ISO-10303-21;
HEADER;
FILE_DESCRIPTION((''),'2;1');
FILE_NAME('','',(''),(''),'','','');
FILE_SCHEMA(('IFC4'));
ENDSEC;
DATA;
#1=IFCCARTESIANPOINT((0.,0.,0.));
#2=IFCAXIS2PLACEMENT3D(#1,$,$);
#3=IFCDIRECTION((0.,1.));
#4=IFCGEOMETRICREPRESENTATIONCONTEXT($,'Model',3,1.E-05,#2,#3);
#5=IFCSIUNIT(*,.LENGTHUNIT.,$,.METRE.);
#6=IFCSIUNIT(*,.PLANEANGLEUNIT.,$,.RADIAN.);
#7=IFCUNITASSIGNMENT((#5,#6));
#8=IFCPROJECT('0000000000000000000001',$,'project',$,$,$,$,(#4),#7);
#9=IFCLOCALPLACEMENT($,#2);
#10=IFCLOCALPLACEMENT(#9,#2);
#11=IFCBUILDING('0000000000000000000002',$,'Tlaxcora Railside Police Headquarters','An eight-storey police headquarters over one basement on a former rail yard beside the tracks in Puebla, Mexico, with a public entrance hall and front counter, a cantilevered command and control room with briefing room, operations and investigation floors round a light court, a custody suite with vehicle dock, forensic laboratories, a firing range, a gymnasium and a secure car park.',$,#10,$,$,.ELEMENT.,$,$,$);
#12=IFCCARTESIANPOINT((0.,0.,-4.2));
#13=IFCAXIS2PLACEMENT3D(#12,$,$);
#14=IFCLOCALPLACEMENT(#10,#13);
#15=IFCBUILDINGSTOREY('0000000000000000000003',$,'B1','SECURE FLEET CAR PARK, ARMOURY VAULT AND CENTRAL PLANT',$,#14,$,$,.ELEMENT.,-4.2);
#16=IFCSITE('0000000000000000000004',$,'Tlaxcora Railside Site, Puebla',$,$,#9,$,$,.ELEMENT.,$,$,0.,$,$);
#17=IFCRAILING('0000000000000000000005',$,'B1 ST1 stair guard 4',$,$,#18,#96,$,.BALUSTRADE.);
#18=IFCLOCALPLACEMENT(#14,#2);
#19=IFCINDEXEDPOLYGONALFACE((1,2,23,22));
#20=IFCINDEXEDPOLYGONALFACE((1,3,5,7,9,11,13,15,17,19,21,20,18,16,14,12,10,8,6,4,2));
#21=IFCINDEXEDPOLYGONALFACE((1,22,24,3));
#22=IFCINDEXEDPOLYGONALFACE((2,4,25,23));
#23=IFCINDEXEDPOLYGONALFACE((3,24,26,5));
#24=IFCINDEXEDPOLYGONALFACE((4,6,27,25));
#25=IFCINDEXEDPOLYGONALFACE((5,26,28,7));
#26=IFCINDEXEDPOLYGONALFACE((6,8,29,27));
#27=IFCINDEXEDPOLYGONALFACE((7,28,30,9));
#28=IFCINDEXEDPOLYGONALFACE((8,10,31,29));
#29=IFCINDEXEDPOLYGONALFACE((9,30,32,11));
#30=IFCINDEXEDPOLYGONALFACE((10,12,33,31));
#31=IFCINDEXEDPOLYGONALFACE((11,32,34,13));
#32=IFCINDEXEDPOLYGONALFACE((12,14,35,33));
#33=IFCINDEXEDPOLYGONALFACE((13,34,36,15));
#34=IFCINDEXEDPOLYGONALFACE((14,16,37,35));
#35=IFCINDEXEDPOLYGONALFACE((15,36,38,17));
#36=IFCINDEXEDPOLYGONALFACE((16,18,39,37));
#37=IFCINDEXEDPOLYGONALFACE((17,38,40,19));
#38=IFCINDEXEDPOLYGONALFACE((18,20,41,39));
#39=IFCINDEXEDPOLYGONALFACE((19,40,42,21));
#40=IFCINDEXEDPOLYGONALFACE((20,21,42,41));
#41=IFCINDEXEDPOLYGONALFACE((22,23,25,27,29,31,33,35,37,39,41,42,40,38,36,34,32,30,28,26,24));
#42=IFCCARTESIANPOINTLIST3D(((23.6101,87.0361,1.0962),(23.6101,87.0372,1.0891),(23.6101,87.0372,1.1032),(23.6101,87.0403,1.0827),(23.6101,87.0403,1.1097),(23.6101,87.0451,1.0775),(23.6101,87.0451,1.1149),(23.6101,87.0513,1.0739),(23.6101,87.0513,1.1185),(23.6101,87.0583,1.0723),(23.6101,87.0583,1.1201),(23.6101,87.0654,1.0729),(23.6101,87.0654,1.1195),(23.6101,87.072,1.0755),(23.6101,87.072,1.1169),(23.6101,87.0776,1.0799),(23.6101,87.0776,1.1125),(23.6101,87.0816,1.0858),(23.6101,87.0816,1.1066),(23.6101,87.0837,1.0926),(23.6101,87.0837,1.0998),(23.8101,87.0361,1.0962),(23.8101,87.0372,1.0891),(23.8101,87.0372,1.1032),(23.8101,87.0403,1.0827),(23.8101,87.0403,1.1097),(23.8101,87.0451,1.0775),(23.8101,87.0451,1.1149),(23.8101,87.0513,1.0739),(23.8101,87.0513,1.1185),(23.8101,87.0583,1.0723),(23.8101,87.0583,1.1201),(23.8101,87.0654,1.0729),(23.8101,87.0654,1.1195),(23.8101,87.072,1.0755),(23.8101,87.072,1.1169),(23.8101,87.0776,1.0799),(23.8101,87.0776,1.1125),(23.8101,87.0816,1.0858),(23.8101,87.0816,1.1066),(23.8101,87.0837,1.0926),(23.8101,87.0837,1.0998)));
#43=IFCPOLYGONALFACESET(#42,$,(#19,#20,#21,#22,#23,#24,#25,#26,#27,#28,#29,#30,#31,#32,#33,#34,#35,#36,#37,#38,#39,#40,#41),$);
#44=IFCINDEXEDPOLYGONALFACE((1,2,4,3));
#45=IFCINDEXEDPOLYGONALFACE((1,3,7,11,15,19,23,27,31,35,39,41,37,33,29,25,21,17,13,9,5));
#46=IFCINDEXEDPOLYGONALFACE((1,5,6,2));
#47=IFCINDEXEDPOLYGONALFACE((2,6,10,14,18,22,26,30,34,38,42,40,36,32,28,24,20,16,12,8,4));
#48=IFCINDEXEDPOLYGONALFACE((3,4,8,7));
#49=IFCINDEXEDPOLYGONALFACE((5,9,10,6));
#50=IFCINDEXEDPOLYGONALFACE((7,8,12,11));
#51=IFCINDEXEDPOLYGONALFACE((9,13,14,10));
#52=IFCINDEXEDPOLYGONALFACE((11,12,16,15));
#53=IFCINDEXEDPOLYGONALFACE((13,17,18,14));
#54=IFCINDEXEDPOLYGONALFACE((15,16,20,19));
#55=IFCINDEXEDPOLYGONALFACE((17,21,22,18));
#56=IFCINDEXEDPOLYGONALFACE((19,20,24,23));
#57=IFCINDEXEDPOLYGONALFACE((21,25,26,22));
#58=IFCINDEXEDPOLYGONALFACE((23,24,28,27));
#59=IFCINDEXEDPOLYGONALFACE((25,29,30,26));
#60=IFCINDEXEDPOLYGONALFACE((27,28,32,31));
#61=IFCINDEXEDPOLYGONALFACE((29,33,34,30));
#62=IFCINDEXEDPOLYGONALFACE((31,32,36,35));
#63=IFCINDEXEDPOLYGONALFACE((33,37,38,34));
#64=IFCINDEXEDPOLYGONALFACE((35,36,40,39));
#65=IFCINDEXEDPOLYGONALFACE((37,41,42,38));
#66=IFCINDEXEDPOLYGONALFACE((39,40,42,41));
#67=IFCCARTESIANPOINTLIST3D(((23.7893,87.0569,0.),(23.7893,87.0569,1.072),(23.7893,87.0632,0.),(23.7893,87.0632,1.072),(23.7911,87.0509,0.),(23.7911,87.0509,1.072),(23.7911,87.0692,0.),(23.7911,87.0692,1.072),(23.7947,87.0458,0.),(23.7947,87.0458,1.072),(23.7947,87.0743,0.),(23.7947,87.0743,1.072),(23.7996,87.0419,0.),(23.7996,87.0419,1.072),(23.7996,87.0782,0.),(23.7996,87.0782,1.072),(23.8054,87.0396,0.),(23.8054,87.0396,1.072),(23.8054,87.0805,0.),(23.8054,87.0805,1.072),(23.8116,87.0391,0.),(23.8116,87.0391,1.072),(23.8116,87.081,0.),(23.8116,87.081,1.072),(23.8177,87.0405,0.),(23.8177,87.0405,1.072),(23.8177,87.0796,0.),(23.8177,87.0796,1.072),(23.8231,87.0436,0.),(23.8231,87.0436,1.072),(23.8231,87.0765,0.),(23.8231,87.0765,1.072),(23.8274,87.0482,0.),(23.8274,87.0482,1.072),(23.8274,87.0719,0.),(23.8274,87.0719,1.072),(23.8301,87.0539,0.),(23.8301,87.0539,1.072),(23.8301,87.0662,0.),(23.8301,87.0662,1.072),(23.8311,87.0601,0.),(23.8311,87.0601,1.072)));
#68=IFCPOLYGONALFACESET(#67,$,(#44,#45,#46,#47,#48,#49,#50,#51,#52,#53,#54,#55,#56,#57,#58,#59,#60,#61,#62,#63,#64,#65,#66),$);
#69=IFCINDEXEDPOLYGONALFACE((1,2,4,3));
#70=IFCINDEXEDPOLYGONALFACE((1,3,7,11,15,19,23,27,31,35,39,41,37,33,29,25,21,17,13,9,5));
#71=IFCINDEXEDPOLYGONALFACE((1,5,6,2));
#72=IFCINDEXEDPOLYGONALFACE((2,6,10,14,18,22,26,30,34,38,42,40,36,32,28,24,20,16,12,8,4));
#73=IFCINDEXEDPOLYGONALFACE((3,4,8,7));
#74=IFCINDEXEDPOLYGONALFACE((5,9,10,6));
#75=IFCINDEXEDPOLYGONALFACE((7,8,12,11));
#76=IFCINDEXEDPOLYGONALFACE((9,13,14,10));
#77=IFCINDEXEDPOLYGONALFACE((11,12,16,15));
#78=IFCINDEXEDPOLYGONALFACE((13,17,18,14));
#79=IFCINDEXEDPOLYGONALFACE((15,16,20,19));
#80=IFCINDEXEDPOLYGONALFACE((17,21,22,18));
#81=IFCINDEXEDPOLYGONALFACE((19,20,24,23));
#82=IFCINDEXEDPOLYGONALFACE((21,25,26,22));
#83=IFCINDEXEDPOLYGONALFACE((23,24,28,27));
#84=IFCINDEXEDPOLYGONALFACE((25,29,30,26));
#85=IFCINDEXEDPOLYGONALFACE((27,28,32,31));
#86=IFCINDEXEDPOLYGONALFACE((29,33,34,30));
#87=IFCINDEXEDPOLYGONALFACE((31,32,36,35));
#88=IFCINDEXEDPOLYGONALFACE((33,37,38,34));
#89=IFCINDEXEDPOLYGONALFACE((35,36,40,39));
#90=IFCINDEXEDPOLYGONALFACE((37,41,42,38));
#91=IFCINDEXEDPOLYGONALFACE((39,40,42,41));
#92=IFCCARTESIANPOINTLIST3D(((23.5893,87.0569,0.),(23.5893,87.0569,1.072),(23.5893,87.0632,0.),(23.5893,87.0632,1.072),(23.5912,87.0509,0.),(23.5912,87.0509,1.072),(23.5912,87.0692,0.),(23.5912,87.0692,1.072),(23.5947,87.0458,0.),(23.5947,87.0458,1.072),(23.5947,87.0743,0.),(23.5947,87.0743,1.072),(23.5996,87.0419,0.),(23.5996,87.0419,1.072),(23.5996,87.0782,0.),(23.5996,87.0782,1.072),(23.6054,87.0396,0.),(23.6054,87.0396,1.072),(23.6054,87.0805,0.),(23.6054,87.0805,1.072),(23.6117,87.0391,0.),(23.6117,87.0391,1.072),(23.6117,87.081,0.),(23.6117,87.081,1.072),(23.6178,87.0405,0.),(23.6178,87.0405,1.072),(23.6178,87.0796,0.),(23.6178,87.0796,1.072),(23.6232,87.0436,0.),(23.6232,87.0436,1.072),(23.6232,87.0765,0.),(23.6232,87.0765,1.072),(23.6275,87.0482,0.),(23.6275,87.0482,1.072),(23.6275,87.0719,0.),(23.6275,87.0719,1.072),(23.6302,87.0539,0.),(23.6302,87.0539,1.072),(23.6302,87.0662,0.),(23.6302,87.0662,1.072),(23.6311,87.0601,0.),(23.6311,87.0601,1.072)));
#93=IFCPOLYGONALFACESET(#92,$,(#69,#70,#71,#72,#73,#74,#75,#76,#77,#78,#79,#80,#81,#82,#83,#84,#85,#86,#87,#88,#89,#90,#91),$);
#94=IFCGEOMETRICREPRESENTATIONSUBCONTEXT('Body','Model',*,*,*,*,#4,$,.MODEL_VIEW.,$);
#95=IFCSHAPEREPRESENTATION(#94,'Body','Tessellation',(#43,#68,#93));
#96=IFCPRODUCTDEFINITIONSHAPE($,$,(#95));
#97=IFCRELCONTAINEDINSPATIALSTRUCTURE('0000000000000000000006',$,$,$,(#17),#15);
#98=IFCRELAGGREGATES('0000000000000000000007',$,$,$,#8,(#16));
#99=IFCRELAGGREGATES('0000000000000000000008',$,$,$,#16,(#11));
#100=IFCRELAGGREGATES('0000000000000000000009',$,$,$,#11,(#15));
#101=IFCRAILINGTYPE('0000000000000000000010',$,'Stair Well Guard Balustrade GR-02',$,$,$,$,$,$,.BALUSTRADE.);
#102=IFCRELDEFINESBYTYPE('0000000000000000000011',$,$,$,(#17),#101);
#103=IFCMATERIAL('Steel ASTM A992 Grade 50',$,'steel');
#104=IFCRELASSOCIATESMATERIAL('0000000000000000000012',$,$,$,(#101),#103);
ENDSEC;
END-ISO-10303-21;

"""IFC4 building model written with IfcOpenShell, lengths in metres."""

from ifc_helpers import new_model, si_unit, direction, frame, origin, origin_2d, place, context, subcontext, project, spatial, circle, extrude, material, type_object, element, save


model = new_model("IFC4")

# Units and contexts
model_context = context("Model", 3, precision=1e-05, world=origin(), true_north=direction((0.0, 1.0)))
body_context = subcontext(model_context, "Body", "Model", "MODEL_VIEW")
ifc_project = project(units=[si_unit("LENGTHUNIT", "METRE"), si_unit("PLANEANGLEUNIT", "RADIAN")], contexts=[model_context])

# Site, building, storey
site_placement = place(None, origin())
site = spatial("IfcSite", under=ifc_project, at=site_placement, Name="Tlaxcora Railside Site, Puebla", CompositionType="ELEMENT", RefElevation=0.0)
building_placement = place(site_placement, origin())
building = spatial("IfcBuilding", under=site, at=building_placement, Name="Tlaxcora Railside Police Headquarters", Description="An eight-storey police headquarters over one basement on a former rail yard beside the tracks in Puebla, Mexico, with a public entrance hall and front counter, a cantilevered command and control room with briefing room, operations and investigation floors round a light court, a custody suite with vehicle dock, forensic laboratories, a firing range, a gymnasium and a secure car park.", CompositionType="ELEMENT")
storey_placement = place(building_placement, frame((0.0, 0.0, -4.2)))
storey = spatial("IfcBuildingStorey", under=building, at=storey_placement, Name="B1", Description="SECURE FLEET CAR PARK, ARMOURY VAULT AND CENTRAL PLANT", CompositionType="ELEMENT", Elevation=-4.2)

# Shared definitions
ifc_material_1 = material(Name="Steel ASTM A992 Grade 50", Category="steel")

# Railing
railing_type_1 = type_object("IfcRailingType", Name="Stair Well Guard Balustrade GR-02", PredefinedType="BALUSTRADE", material=ifc_material_1)
railing_1_placement = place(storey_placement, frame((23.8101, 87.0601, 0.0)))
element("IfcRailing", 1, at=railing_1_placement, inside=storey, type_object=railing_type_1, Name="B1 ST1 stair guard 4", PredefinedType="BALUSTRADE", context=body_context, shape_type="SweptSolid", body=[
    extrude(circle(Radius=0.0239, at=origin_2d()), frame((0.0, 0.0, 1.0962), z_axis=(-1.0, 0.0, 0.0), x_axis=(0.0, -1.0, 0.0)), (0.0, 0.0, 1.0), 0.2),
    extrude(circle(Radius=0.021, at=origin_2d()), origin(), (0.0, 0.0, 1.0), 1.072),
    extrude(circle(Radius=0.021, at=origin_2d()), frame((-0.2, 0.0, 0.0)), (0.0, 0.0, 1.0), 1.072),
])

save(model, "model.ifc")
